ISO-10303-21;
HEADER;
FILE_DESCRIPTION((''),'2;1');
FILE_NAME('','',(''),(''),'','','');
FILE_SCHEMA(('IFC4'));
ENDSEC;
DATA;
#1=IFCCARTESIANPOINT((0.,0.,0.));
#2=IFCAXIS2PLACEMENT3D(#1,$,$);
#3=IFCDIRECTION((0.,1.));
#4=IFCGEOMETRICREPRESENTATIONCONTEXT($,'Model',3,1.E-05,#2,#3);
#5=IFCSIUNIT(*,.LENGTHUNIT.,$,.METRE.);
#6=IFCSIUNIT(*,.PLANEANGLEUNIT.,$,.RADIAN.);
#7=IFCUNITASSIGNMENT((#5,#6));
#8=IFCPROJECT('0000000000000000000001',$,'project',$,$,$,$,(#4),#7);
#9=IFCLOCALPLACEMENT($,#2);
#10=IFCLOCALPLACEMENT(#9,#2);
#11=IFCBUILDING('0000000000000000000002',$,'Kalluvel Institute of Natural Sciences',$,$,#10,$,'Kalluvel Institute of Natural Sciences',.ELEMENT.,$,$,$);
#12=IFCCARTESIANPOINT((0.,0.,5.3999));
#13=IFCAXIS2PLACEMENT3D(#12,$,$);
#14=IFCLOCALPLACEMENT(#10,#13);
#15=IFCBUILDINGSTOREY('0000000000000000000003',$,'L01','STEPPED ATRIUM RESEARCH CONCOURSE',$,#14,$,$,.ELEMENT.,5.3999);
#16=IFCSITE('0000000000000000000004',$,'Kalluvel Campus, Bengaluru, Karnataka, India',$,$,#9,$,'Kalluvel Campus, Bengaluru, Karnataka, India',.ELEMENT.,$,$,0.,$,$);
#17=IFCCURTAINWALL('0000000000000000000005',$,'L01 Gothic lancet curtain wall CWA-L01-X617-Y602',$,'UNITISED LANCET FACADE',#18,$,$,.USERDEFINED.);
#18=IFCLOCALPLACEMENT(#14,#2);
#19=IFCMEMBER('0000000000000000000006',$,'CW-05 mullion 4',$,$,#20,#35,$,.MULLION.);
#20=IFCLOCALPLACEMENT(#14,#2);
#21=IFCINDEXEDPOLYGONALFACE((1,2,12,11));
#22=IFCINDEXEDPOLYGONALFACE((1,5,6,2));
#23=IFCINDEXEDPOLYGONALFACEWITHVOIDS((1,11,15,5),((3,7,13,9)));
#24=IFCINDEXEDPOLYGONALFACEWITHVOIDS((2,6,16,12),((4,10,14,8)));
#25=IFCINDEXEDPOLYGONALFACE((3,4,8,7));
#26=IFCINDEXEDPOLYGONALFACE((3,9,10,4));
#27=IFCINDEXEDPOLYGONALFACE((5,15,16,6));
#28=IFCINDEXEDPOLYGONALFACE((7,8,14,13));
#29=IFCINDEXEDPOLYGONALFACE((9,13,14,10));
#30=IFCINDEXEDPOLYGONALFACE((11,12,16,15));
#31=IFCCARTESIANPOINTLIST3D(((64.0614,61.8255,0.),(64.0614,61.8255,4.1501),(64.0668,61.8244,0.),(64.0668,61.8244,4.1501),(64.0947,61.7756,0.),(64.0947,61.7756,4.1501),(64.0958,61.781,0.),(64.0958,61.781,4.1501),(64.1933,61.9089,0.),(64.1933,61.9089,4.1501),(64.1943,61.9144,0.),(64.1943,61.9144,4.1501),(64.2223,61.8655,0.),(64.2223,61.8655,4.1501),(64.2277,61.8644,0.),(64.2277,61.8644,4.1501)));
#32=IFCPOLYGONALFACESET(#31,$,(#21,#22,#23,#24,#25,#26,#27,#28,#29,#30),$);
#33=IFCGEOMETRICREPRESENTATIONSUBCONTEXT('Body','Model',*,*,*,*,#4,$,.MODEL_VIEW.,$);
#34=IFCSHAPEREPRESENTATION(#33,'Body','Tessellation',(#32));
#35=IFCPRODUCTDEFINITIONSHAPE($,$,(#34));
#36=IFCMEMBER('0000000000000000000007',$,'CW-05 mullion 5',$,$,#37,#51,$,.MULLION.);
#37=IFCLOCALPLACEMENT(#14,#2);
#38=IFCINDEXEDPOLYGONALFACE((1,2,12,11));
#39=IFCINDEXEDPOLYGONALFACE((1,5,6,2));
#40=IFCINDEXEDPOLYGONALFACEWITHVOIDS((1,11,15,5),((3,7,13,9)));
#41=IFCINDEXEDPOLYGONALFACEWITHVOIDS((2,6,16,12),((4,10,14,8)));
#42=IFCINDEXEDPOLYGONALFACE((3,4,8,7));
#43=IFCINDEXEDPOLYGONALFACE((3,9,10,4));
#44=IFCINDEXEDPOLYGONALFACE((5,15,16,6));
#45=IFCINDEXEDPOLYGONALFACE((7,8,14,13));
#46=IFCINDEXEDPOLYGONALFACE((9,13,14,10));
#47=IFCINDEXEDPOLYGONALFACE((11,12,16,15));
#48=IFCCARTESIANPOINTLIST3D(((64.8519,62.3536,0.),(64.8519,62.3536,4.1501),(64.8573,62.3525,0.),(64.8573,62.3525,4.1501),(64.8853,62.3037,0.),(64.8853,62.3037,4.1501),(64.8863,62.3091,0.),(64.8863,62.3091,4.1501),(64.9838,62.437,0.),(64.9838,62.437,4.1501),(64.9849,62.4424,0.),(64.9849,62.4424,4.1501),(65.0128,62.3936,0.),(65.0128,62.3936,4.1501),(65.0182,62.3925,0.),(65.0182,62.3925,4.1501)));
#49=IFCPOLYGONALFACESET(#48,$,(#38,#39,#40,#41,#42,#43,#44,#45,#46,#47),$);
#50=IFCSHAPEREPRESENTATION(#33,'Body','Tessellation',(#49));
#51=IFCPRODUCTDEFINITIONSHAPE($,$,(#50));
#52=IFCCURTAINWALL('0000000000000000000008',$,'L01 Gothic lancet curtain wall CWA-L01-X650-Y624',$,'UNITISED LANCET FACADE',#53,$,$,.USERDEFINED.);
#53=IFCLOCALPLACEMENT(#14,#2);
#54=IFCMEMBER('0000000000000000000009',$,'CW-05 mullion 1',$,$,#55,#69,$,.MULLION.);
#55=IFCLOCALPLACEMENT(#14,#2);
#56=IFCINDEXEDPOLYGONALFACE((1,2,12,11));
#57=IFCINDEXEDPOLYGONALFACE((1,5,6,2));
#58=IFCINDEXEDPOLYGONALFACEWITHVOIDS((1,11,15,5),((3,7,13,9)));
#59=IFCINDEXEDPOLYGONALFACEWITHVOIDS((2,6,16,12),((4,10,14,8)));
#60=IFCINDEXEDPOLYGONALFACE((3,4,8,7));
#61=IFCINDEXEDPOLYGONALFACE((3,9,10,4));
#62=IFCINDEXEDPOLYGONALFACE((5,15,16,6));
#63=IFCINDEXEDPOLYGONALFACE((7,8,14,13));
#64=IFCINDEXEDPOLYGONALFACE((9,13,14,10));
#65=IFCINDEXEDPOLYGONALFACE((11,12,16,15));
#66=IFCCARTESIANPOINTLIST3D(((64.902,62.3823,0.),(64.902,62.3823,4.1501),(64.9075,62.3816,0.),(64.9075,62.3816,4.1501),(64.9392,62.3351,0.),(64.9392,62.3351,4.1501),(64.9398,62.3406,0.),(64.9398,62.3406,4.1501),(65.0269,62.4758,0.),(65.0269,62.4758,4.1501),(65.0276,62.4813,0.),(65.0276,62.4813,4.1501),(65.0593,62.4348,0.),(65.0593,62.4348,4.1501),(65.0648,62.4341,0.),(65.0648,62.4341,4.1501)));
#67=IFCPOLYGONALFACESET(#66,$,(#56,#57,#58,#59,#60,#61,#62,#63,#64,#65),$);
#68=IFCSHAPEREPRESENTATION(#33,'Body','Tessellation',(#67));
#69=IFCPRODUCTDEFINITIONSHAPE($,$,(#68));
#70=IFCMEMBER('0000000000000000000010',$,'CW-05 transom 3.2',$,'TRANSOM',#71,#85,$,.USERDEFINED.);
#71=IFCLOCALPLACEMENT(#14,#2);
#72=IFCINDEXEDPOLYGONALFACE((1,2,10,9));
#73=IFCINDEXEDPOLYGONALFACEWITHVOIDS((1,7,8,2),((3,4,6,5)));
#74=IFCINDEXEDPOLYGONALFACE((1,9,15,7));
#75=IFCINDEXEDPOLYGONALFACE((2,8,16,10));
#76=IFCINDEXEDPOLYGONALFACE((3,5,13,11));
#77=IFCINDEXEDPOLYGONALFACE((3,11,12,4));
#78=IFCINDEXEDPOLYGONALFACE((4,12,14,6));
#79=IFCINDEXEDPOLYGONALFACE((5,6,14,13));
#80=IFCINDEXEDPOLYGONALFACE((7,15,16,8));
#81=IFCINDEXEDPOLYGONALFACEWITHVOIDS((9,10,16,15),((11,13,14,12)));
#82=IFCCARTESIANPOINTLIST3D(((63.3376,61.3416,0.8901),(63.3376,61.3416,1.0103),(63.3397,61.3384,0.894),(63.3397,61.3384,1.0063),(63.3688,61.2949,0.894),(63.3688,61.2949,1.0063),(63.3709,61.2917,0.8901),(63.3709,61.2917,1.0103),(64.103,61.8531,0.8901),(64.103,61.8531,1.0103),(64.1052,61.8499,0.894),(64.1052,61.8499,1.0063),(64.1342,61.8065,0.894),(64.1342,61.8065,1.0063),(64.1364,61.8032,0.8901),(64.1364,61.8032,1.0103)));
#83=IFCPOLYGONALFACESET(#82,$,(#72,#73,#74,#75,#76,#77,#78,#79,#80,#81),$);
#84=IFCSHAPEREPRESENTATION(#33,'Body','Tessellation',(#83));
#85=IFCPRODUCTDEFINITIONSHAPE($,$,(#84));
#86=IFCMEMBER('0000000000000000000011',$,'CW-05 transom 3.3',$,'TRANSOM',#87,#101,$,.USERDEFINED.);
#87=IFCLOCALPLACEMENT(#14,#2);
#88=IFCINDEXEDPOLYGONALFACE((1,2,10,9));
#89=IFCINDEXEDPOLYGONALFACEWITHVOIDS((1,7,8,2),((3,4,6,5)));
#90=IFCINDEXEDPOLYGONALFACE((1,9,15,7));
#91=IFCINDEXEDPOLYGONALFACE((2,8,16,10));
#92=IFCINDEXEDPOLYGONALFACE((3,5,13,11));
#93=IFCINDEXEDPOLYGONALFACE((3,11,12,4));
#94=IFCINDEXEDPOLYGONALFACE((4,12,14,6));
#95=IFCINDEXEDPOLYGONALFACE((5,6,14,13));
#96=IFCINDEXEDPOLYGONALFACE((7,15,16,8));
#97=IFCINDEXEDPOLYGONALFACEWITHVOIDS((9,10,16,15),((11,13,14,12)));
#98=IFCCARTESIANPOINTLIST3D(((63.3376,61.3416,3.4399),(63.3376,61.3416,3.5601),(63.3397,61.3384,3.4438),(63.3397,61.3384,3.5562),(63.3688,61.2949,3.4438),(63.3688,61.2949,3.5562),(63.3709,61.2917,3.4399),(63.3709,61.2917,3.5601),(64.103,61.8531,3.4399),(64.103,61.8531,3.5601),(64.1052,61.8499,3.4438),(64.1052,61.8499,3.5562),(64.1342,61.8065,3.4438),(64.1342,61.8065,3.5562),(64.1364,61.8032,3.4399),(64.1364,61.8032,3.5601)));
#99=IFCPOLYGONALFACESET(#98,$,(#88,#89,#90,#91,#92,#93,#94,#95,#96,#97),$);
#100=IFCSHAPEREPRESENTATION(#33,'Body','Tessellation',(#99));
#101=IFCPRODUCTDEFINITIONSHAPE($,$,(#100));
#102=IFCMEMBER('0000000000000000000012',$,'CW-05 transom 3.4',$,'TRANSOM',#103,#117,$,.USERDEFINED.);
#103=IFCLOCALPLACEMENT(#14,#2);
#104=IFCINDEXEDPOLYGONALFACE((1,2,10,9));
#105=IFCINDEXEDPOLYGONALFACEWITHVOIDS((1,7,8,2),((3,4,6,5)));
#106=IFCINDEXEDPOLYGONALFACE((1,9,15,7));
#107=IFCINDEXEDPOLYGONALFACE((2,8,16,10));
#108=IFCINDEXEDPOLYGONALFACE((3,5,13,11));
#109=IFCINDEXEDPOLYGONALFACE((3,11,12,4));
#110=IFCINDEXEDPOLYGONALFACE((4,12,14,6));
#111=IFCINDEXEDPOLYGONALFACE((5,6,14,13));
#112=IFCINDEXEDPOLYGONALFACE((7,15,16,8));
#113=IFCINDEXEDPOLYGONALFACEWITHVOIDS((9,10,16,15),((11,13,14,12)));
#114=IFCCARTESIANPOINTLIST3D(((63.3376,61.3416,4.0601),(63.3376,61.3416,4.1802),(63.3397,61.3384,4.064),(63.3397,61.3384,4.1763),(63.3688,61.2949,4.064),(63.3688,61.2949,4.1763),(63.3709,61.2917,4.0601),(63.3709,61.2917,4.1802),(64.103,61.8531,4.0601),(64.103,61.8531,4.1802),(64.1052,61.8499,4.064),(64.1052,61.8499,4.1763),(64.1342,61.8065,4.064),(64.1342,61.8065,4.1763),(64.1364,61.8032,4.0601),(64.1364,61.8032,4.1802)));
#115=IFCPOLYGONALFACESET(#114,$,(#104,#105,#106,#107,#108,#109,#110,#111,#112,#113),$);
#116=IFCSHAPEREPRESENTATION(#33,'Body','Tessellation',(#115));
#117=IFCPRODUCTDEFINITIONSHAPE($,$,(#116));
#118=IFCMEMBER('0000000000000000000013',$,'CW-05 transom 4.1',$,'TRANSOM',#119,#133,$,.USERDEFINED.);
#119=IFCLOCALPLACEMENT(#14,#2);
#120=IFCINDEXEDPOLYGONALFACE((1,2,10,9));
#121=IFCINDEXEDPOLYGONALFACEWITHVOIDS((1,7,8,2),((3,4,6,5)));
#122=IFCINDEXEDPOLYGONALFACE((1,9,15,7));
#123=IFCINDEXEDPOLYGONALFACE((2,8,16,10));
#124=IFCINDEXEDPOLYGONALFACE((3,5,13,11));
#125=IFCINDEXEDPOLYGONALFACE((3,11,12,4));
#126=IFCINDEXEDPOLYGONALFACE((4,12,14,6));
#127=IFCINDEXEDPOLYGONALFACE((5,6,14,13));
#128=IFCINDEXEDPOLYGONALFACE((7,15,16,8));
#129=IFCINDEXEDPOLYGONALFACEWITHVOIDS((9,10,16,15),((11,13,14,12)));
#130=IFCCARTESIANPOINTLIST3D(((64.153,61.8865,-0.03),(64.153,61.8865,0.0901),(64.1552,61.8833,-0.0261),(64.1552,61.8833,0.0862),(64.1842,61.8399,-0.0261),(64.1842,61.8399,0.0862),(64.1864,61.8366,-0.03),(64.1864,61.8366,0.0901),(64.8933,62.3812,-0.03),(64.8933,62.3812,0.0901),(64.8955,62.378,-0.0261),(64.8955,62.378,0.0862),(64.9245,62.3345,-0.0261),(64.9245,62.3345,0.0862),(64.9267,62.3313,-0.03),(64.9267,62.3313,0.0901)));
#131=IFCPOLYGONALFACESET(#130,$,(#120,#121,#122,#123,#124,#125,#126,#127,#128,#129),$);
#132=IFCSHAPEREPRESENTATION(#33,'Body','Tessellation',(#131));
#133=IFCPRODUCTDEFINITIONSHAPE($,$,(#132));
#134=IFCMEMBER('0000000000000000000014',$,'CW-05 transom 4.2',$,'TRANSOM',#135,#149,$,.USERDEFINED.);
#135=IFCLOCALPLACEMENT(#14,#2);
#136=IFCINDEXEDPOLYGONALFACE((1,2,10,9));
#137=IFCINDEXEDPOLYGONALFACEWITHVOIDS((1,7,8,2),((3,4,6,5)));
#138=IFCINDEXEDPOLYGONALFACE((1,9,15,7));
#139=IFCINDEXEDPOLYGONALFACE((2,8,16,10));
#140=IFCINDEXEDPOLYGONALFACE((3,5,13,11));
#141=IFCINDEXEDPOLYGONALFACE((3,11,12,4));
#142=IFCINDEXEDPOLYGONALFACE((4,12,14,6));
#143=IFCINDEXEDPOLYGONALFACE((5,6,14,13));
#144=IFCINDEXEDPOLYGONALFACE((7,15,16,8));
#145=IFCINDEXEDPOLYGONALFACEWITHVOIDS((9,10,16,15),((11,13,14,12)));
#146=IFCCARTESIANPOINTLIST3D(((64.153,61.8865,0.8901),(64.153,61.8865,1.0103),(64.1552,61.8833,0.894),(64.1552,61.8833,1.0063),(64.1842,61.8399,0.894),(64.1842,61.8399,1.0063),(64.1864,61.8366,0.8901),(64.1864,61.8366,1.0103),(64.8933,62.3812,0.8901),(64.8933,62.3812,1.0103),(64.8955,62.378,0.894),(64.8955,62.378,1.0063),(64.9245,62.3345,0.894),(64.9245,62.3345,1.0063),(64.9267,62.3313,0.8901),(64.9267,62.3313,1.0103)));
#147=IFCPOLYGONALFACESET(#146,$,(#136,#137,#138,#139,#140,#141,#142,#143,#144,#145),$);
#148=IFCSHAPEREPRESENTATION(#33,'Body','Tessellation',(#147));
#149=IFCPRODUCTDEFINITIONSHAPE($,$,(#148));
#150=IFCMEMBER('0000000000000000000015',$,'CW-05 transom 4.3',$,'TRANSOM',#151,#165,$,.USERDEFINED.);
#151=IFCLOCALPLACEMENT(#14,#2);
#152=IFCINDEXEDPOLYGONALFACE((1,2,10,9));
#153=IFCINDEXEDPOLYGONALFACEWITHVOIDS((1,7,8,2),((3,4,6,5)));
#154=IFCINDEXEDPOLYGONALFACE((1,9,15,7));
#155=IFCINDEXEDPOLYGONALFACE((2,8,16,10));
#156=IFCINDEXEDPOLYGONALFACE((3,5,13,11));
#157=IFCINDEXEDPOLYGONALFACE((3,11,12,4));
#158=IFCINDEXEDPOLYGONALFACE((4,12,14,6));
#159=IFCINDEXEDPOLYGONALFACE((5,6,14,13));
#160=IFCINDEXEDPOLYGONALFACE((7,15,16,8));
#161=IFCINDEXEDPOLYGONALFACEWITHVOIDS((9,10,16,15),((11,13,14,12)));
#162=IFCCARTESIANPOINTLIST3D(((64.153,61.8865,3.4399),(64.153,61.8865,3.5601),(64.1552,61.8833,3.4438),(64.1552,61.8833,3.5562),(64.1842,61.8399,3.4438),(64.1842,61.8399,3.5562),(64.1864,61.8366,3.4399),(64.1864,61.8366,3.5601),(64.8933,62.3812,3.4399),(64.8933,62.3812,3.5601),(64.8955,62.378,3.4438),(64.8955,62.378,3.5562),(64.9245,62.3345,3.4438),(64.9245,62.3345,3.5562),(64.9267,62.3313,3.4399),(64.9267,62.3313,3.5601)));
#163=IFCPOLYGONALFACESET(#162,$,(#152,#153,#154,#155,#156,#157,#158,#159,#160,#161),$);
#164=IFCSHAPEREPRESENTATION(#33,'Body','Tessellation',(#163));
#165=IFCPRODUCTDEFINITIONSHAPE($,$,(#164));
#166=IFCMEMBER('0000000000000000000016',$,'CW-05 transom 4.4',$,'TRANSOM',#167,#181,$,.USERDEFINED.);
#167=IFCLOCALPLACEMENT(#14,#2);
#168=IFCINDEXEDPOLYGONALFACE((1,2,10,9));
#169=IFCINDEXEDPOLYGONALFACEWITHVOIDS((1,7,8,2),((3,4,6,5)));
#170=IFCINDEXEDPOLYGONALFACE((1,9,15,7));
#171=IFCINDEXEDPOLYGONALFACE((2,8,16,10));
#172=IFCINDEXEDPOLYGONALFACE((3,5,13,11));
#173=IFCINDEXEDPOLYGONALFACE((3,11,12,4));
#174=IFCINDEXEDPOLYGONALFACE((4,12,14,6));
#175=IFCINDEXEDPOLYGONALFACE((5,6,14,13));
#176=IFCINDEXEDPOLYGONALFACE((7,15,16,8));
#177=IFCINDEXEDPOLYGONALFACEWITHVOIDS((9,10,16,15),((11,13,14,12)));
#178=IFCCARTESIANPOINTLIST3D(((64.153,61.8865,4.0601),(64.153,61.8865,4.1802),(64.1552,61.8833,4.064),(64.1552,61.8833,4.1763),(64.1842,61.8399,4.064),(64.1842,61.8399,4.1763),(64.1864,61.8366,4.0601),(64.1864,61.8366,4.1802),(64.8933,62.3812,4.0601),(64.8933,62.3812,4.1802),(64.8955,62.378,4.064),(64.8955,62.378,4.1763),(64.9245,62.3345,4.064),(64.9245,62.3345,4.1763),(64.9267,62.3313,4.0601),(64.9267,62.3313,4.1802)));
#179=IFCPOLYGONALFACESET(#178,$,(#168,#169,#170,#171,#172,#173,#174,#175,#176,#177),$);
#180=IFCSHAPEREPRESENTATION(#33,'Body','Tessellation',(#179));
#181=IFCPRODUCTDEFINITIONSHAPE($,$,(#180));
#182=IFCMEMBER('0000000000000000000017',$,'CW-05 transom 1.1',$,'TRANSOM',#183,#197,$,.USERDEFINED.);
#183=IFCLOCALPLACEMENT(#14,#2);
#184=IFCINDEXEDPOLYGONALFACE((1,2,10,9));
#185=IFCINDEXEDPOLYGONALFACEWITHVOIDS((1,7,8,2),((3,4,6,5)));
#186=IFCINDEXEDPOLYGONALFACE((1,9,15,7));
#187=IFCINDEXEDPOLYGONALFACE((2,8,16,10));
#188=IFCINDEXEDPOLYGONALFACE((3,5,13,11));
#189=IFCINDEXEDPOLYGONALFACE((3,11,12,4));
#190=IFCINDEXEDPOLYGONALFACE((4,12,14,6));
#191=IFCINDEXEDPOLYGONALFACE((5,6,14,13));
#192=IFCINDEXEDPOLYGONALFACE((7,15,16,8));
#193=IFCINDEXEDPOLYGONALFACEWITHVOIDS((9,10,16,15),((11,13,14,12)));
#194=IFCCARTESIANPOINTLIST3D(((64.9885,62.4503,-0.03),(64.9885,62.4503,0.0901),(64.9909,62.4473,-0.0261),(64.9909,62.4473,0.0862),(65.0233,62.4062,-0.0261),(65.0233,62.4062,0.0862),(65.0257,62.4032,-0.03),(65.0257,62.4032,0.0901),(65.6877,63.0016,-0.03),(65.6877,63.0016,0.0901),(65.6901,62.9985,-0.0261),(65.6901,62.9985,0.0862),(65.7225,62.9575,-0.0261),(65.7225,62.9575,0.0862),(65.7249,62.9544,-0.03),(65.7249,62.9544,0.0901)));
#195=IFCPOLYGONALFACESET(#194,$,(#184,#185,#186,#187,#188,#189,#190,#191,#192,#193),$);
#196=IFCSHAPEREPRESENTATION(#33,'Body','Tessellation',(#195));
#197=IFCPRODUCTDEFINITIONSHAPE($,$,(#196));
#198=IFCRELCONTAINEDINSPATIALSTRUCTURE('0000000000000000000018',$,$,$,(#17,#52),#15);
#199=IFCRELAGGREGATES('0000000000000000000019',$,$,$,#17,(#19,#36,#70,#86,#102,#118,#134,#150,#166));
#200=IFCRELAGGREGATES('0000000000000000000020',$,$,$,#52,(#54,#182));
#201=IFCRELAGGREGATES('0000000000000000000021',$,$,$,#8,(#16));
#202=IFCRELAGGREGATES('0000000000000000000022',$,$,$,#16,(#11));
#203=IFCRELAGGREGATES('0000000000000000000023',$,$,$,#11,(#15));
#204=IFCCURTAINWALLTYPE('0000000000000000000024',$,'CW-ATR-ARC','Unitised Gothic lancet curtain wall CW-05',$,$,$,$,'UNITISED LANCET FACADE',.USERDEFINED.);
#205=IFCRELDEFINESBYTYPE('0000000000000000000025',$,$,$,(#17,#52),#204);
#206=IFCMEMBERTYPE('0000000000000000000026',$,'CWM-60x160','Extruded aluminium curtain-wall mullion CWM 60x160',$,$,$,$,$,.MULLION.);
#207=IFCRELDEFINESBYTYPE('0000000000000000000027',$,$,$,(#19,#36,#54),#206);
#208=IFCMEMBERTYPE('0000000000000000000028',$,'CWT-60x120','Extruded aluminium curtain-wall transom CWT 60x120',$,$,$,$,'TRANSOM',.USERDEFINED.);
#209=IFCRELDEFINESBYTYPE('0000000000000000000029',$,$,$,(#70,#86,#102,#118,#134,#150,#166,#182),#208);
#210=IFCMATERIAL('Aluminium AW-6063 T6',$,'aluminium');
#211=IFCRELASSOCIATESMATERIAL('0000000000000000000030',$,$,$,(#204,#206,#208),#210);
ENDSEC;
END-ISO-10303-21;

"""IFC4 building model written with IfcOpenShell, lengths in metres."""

from ifc_helpers import new_model, si_unit, direction, frame, origin, origin_2d, place, context, subcontext, project, spatial, hollow_rectangle, extrude, material, material_profile, profile_set, type_object, element, aggregate, save


model = new_model("IFC4")

# Units and contexts
model_context = context("Model", 3, precision=1e-05, world=origin(), true_north=direction((0.0, 1.0)))
body_context = subcontext(model_context, "Body", "Model", "MODEL_VIEW")
ifc_project = project(units=[si_unit("LENGTHUNIT", "METRE"), si_unit("PLANEANGLEUNIT", "RADIAN")], contexts=[model_context])

# Site, building, storey
site_placement = place(None, origin())
site = spatial("IfcSite", under=ifc_project, at=site_placement, Name="Kalluvel Campus, Bengaluru, Karnataka, India", LongName="Kalluvel Campus, Bengaluru, Karnataka, India", CompositionType="ELEMENT", RefElevation=0.0)
building_placement = place(site_placement, origin())
building = spatial("IfcBuilding", under=site, at=building_placement, Name="Kalluvel Institute of Natural Sciences", LongName="Kalluvel Institute of Natural Sciences", CompositionType="ELEMENT")
storey_placement = place(building_placement, frame((0.0, 0.0, 5.3999)))
storey = spatial("IfcBuildingStorey", under=building, at=storey_placement, Name="L01", Description="STEPPED ATRIUM RESEARCH CONCOURSE", CompositionType="ELEMENT", Elevation=5.3999)

# Curtain wall, members
ifc_material_1 = material(Name="Aluminium AW-6063 T6", Category="aluminium")
curtain_wall_type = type_object("IfcCurtainWallType", Name="CW-ATR-ARC", Description="Unitised Gothic lancet curtain wall CW-05", ElementType="UNITISED LANCET FACADE", PredefinedType="USERDEFINED", material=ifc_material_1)
curtain_wall_1_placement = place(storey_placement, origin())
curtain_wall_1 = element("IfcCurtainWall", 1, at=curtain_wall_1_placement, inside=storey, type_object=curtain_wall_type, Name="L01 Gothic lancet curtain wall CWA-L01-X617-Y602", ObjectType="UNITISED LANCET FACADE", PredefinedType="USERDEFINED")
ifc_material_profile_1 = material_profile(ifc_material_1, hollow_rectangle(XDim=0.0601, YDim=0.1599, WallThickness=0.0039, at=origin_2d()), Name="CWM 60x160")
ifc_profile_set_1 = profile_set([ifc_material_profile_1], Name="Aluminium AW-6063 T6")
member_type_1 = type_object("IfcMemberType", Name="CWM-60x160", Description="Extruded aluminium curtain-wall mullion CWM 60x160", PredefinedType="MULLION", material=ifc_profile_set_1)
member_1_placement = place(storey_placement, frame((64.1445, 61.845, 0.0), z_axis=(0.0, 0.0, 1.0), x_axis=(-0.555571, 0.831469, 0.0)))
member_1 = element("IfcMember", 2, at=member_1_placement, type_object=member_type_1, Name="CW-05 mullion 4", PredefinedType="MULLION", context=body_context, shape_type="SweptSolid", body=[
    extrude(hollow_rectangle(XDim=0.0601, YDim=0.1599, WallThickness=0.0039, at=origin_2d()), origin(), (0.0, 0.0, 1.0), 4.1501),
])
member_2_placement = place(storey_placement, frame((64.9351, 62.373, 0.0), z_axis=(0.0, 0.0, 1.0), x_axis=(-0.555571, 0.831469, 0.0)))
member_2 = element("IfcMember", 3, at=member_2_placement, type_object=member_type_1, Name="CW-05 mullion 5", PredefinedType="MULLION", context=body_context, shape_type="SweptSolid", body=[
    extrude(hollow_rectangle(XDim=0.0601, YDim=0.1599, WallThickness=0.0039, at=origin_2d()), origin(), (0.0, 0.0, 1.0), 4.1501),
])

# Curtain wall, member
curtain_wall_2_placement = place(storey_placement, origin())
curtain_wall_2 = element("IfcCurtainWall", 4, at=curtain_wall_2_placement, inside=storey, type_object=curtain_wall_type, Name="L01 Gothic lancet curtain wall CWA-L01-X650-Y624", ObjectType="UNITISED LANCET FACADE", PredefinedType="USERDEFINED")
member_3_placement = place(storey_placement, frame((64.9834, 62.4082, 0.0), z_axis=(0.0, 0.0, 1.0), x_axis=(-0.619098, 0.785314, 0.0)))
member_3 = element("IfcMember", 5, at=member_3_placement, type_object=member_type_1, Name="CW-05 mullion 1", PredefinedType="MULLION", context=body_context, shape_type="SweptSolid", body=[
    extrude(hollow_rectangle(XDim=0.0601, YDim=0.1599, WallThickness=0.0039, at=origin_2d()), origin(), (0.0, 0.0, 1.0), 4.1501),
])

# Members
ifc_material_profile_2 = material_profile(ifc_material_1, hollow_rectangle(XDim=0.0601, YDim=0.1201, WallThickness=0.0039, at=origin_2d()), Name="CWT 60x120")
ifc_profile_set_2 = profile_set([ifc_material_profile_2], Name="Aluminium AW-6063 T6")
member_type_2 = type_object("IfcMemberType", Name="CWT-60x120", Description="Extruded aluminium curtain-wall transom CWT 60x120", ElementType="TRANSOM", PredefinedType="USERDEFINED", material=ifc_profile_set_2)
member_4_placement = place(storey_placement, frame((63.3542, 61.3167, 0.9502), z_axis=(0.831438, 0.555618, 0.0), x_axis=(-0.555618, 0.831438, 0.0)))
member_4 = element("IfcMember", 6, at=member_4_placement, type_object=member_type_2, Name="CW-05 transom 3.2", ObjectType="TRANSOM", PredefinedType="USERDEFINED", context=body_context, shape_type="SweptSolid", body=[
    extrude(hollow_rectangle(XDim=0.0601, YDim=0.1201, WallThickness=0.0039, at=origin_2d()), origin(), (0.0, 0.0, 1.0), 0.9207),
])
member_5_placement = place(storey_placement, frame((63.3542, 61.3167, 3.5), z_axis=(0.831438, 0.555618, 0.0), x_axis=(-0.555618, 0.831438, 0.0)))
member_5 = element("IfcMember", 7, at=member_5_placement, type_object=member_type_2, Name="CW-05 transom 3.3", ObjectType="TRANSOM", PredefinedType="USERDEFINED", context=body_context, shape_type="SweptSolid", body=[
    extrude(hollow_rectangle(XDim=0.0601, YDim=0.1201, WallThickness=0.0039, at=origin_2d()), origin(), (0.0, 0.0, 1.0), 0.9207),
])
member_6_placement = place(storey_placement, frame((63.3542, 61.3167, 4.1201), z_axis=(0.831438, 0.555618, 0.0), x_axis=(-0.555618, 0.831438, 0.0)))
member_6 = element("IfcMember", 8, at=member_6_placement, type_object=member_type_2, Name="CW-05 transom 3.4", ObjectType="TRANSOM", PredefinedType="USERDEFINED", context=body_context, shape_type="SweptSolid", body=[
    extrude(hollow_rectangle(XDim=0.0601, YDim=0.1201, WallThickness=0.0039, at=origin_2d()), origin(), (0.0, 0.0, 1.0), 0.9207),
])
member_7_placement = place(storey_placement, frame((64.1697, 61.8616, 0.03), z_axis=(0.831459, 0.555586, 0.0), x_axis=(-0.555586, 0.831459, 0.0)))
member_7 = element("IfcMember", 9, at=member_7_placement, type_object=member_type_2, Name="CW-05 transom 4.1", ObjectType="TRANSOM", PredefinedType="USERDEFINED", context=body_context, shape_type="SweptSolid", body=[
    extrude(hollow_rectangle(XDim=0.0601, YDim=0.1201, WallThickness=0.0039, at=origin_2d()), origin(), (0.0, 0.0, 1.0), 0.8904),
])
member_8_placement = place(storey_placement, frame((64.1697, 61.8616, 0.9502), z_axis=(0.831459, 0.555586, 0.0), x_axis=(-0.555586, 0.831459, 0.0)))
member_8 = element("IfcMember", 10, at=member_8_placement, type_object=member_type_2, Name="CW-05 transom 4.2", ObjectType="TRANSOM", PredefinedType="USERDEFINED", context=body_context, shape_type="SweptSolid", body=[
    extrude(hollow_rectangle(XDim=0.0601, YDim=0.1201, WallThickness=0.0039, at=origin_2d()), origin(), (0.0, 0.0, 1.0), 0.8904),
])
member_9_placement = place(storey_placement, frame((64.1697, 61.8616, 3.5), z_axis=(0.831459, 0.555586, 0.0), x_axis=(-0.555586, 0.831459, 0.0)))
member_9 = element("IfcMember", 11, at=member_9_placement, type_object=member_type_2, Name="CW-05 transom 4.3", ObjectType="TRANSOM", PredefinedType="USERDEFINED", context=body_context, shape_type="SweptSolid", body=[
    extrude(hollow_rectangle(XDim=0.0601, YDim=0.1201, WallThickness=0.0039, at=origin_2d()), origin(), (0.0, 0.0, 1.0), 0.8904),
])
member_10_placement = place(storey_placement, frame((64.1697, 61.8616, 4.1201), z_axis=(0.831459, 0.555586, 0.0), x_axis=(-0.555586, 0.831459, 0.0)))
member_10 = element("IfcMember", 12, at=member_10_placement, type_object=member_type_2, Name="CW-05 transom 4.4", ObjectType="TRANSOM", PredefinedType="USERDEFINED", context=body_context, shape_type="SweptSolid", body=[
    extrude(hollow_rectangle(XDim=0.0601, YDim=0.1201, WallThickness=0.0039, at=origin_2d()), origin(), (0.0, 0.0, 1.0), 0.8904),
])
member_11_placement = place(storey_placement, frame((65.0071, 62.4268, 0.03), z_axis=(0.78529, 0.619129, 0.0), x_axis=(-0.619129, 0.78529, 0.0)))
member_11 = element("IfcMember", 13, at=member_11_placement, type_object=member_type_2, Name="CW-05 transom 1.1", ObjectType="TRANSOM", PredefinedType="USERDEFINED", context=body_context, shape_type="SweptSolid", body=[
    extrude(hollow_rectangle(XDim=0.0601, YDim=0.1201, WallThickness=0.0039, at=origin_2d()), origin(), (0.0, 0.0, 1.0), 0.8904),
])

aggregate(curtain_wall_1, [member_1, member_2, member_4, member_5, member_6, member_7, member_8, member_9, member_10])
aggregate(curtain_wall_2, [member_3, member_11])

save(model, "model.ifc")
